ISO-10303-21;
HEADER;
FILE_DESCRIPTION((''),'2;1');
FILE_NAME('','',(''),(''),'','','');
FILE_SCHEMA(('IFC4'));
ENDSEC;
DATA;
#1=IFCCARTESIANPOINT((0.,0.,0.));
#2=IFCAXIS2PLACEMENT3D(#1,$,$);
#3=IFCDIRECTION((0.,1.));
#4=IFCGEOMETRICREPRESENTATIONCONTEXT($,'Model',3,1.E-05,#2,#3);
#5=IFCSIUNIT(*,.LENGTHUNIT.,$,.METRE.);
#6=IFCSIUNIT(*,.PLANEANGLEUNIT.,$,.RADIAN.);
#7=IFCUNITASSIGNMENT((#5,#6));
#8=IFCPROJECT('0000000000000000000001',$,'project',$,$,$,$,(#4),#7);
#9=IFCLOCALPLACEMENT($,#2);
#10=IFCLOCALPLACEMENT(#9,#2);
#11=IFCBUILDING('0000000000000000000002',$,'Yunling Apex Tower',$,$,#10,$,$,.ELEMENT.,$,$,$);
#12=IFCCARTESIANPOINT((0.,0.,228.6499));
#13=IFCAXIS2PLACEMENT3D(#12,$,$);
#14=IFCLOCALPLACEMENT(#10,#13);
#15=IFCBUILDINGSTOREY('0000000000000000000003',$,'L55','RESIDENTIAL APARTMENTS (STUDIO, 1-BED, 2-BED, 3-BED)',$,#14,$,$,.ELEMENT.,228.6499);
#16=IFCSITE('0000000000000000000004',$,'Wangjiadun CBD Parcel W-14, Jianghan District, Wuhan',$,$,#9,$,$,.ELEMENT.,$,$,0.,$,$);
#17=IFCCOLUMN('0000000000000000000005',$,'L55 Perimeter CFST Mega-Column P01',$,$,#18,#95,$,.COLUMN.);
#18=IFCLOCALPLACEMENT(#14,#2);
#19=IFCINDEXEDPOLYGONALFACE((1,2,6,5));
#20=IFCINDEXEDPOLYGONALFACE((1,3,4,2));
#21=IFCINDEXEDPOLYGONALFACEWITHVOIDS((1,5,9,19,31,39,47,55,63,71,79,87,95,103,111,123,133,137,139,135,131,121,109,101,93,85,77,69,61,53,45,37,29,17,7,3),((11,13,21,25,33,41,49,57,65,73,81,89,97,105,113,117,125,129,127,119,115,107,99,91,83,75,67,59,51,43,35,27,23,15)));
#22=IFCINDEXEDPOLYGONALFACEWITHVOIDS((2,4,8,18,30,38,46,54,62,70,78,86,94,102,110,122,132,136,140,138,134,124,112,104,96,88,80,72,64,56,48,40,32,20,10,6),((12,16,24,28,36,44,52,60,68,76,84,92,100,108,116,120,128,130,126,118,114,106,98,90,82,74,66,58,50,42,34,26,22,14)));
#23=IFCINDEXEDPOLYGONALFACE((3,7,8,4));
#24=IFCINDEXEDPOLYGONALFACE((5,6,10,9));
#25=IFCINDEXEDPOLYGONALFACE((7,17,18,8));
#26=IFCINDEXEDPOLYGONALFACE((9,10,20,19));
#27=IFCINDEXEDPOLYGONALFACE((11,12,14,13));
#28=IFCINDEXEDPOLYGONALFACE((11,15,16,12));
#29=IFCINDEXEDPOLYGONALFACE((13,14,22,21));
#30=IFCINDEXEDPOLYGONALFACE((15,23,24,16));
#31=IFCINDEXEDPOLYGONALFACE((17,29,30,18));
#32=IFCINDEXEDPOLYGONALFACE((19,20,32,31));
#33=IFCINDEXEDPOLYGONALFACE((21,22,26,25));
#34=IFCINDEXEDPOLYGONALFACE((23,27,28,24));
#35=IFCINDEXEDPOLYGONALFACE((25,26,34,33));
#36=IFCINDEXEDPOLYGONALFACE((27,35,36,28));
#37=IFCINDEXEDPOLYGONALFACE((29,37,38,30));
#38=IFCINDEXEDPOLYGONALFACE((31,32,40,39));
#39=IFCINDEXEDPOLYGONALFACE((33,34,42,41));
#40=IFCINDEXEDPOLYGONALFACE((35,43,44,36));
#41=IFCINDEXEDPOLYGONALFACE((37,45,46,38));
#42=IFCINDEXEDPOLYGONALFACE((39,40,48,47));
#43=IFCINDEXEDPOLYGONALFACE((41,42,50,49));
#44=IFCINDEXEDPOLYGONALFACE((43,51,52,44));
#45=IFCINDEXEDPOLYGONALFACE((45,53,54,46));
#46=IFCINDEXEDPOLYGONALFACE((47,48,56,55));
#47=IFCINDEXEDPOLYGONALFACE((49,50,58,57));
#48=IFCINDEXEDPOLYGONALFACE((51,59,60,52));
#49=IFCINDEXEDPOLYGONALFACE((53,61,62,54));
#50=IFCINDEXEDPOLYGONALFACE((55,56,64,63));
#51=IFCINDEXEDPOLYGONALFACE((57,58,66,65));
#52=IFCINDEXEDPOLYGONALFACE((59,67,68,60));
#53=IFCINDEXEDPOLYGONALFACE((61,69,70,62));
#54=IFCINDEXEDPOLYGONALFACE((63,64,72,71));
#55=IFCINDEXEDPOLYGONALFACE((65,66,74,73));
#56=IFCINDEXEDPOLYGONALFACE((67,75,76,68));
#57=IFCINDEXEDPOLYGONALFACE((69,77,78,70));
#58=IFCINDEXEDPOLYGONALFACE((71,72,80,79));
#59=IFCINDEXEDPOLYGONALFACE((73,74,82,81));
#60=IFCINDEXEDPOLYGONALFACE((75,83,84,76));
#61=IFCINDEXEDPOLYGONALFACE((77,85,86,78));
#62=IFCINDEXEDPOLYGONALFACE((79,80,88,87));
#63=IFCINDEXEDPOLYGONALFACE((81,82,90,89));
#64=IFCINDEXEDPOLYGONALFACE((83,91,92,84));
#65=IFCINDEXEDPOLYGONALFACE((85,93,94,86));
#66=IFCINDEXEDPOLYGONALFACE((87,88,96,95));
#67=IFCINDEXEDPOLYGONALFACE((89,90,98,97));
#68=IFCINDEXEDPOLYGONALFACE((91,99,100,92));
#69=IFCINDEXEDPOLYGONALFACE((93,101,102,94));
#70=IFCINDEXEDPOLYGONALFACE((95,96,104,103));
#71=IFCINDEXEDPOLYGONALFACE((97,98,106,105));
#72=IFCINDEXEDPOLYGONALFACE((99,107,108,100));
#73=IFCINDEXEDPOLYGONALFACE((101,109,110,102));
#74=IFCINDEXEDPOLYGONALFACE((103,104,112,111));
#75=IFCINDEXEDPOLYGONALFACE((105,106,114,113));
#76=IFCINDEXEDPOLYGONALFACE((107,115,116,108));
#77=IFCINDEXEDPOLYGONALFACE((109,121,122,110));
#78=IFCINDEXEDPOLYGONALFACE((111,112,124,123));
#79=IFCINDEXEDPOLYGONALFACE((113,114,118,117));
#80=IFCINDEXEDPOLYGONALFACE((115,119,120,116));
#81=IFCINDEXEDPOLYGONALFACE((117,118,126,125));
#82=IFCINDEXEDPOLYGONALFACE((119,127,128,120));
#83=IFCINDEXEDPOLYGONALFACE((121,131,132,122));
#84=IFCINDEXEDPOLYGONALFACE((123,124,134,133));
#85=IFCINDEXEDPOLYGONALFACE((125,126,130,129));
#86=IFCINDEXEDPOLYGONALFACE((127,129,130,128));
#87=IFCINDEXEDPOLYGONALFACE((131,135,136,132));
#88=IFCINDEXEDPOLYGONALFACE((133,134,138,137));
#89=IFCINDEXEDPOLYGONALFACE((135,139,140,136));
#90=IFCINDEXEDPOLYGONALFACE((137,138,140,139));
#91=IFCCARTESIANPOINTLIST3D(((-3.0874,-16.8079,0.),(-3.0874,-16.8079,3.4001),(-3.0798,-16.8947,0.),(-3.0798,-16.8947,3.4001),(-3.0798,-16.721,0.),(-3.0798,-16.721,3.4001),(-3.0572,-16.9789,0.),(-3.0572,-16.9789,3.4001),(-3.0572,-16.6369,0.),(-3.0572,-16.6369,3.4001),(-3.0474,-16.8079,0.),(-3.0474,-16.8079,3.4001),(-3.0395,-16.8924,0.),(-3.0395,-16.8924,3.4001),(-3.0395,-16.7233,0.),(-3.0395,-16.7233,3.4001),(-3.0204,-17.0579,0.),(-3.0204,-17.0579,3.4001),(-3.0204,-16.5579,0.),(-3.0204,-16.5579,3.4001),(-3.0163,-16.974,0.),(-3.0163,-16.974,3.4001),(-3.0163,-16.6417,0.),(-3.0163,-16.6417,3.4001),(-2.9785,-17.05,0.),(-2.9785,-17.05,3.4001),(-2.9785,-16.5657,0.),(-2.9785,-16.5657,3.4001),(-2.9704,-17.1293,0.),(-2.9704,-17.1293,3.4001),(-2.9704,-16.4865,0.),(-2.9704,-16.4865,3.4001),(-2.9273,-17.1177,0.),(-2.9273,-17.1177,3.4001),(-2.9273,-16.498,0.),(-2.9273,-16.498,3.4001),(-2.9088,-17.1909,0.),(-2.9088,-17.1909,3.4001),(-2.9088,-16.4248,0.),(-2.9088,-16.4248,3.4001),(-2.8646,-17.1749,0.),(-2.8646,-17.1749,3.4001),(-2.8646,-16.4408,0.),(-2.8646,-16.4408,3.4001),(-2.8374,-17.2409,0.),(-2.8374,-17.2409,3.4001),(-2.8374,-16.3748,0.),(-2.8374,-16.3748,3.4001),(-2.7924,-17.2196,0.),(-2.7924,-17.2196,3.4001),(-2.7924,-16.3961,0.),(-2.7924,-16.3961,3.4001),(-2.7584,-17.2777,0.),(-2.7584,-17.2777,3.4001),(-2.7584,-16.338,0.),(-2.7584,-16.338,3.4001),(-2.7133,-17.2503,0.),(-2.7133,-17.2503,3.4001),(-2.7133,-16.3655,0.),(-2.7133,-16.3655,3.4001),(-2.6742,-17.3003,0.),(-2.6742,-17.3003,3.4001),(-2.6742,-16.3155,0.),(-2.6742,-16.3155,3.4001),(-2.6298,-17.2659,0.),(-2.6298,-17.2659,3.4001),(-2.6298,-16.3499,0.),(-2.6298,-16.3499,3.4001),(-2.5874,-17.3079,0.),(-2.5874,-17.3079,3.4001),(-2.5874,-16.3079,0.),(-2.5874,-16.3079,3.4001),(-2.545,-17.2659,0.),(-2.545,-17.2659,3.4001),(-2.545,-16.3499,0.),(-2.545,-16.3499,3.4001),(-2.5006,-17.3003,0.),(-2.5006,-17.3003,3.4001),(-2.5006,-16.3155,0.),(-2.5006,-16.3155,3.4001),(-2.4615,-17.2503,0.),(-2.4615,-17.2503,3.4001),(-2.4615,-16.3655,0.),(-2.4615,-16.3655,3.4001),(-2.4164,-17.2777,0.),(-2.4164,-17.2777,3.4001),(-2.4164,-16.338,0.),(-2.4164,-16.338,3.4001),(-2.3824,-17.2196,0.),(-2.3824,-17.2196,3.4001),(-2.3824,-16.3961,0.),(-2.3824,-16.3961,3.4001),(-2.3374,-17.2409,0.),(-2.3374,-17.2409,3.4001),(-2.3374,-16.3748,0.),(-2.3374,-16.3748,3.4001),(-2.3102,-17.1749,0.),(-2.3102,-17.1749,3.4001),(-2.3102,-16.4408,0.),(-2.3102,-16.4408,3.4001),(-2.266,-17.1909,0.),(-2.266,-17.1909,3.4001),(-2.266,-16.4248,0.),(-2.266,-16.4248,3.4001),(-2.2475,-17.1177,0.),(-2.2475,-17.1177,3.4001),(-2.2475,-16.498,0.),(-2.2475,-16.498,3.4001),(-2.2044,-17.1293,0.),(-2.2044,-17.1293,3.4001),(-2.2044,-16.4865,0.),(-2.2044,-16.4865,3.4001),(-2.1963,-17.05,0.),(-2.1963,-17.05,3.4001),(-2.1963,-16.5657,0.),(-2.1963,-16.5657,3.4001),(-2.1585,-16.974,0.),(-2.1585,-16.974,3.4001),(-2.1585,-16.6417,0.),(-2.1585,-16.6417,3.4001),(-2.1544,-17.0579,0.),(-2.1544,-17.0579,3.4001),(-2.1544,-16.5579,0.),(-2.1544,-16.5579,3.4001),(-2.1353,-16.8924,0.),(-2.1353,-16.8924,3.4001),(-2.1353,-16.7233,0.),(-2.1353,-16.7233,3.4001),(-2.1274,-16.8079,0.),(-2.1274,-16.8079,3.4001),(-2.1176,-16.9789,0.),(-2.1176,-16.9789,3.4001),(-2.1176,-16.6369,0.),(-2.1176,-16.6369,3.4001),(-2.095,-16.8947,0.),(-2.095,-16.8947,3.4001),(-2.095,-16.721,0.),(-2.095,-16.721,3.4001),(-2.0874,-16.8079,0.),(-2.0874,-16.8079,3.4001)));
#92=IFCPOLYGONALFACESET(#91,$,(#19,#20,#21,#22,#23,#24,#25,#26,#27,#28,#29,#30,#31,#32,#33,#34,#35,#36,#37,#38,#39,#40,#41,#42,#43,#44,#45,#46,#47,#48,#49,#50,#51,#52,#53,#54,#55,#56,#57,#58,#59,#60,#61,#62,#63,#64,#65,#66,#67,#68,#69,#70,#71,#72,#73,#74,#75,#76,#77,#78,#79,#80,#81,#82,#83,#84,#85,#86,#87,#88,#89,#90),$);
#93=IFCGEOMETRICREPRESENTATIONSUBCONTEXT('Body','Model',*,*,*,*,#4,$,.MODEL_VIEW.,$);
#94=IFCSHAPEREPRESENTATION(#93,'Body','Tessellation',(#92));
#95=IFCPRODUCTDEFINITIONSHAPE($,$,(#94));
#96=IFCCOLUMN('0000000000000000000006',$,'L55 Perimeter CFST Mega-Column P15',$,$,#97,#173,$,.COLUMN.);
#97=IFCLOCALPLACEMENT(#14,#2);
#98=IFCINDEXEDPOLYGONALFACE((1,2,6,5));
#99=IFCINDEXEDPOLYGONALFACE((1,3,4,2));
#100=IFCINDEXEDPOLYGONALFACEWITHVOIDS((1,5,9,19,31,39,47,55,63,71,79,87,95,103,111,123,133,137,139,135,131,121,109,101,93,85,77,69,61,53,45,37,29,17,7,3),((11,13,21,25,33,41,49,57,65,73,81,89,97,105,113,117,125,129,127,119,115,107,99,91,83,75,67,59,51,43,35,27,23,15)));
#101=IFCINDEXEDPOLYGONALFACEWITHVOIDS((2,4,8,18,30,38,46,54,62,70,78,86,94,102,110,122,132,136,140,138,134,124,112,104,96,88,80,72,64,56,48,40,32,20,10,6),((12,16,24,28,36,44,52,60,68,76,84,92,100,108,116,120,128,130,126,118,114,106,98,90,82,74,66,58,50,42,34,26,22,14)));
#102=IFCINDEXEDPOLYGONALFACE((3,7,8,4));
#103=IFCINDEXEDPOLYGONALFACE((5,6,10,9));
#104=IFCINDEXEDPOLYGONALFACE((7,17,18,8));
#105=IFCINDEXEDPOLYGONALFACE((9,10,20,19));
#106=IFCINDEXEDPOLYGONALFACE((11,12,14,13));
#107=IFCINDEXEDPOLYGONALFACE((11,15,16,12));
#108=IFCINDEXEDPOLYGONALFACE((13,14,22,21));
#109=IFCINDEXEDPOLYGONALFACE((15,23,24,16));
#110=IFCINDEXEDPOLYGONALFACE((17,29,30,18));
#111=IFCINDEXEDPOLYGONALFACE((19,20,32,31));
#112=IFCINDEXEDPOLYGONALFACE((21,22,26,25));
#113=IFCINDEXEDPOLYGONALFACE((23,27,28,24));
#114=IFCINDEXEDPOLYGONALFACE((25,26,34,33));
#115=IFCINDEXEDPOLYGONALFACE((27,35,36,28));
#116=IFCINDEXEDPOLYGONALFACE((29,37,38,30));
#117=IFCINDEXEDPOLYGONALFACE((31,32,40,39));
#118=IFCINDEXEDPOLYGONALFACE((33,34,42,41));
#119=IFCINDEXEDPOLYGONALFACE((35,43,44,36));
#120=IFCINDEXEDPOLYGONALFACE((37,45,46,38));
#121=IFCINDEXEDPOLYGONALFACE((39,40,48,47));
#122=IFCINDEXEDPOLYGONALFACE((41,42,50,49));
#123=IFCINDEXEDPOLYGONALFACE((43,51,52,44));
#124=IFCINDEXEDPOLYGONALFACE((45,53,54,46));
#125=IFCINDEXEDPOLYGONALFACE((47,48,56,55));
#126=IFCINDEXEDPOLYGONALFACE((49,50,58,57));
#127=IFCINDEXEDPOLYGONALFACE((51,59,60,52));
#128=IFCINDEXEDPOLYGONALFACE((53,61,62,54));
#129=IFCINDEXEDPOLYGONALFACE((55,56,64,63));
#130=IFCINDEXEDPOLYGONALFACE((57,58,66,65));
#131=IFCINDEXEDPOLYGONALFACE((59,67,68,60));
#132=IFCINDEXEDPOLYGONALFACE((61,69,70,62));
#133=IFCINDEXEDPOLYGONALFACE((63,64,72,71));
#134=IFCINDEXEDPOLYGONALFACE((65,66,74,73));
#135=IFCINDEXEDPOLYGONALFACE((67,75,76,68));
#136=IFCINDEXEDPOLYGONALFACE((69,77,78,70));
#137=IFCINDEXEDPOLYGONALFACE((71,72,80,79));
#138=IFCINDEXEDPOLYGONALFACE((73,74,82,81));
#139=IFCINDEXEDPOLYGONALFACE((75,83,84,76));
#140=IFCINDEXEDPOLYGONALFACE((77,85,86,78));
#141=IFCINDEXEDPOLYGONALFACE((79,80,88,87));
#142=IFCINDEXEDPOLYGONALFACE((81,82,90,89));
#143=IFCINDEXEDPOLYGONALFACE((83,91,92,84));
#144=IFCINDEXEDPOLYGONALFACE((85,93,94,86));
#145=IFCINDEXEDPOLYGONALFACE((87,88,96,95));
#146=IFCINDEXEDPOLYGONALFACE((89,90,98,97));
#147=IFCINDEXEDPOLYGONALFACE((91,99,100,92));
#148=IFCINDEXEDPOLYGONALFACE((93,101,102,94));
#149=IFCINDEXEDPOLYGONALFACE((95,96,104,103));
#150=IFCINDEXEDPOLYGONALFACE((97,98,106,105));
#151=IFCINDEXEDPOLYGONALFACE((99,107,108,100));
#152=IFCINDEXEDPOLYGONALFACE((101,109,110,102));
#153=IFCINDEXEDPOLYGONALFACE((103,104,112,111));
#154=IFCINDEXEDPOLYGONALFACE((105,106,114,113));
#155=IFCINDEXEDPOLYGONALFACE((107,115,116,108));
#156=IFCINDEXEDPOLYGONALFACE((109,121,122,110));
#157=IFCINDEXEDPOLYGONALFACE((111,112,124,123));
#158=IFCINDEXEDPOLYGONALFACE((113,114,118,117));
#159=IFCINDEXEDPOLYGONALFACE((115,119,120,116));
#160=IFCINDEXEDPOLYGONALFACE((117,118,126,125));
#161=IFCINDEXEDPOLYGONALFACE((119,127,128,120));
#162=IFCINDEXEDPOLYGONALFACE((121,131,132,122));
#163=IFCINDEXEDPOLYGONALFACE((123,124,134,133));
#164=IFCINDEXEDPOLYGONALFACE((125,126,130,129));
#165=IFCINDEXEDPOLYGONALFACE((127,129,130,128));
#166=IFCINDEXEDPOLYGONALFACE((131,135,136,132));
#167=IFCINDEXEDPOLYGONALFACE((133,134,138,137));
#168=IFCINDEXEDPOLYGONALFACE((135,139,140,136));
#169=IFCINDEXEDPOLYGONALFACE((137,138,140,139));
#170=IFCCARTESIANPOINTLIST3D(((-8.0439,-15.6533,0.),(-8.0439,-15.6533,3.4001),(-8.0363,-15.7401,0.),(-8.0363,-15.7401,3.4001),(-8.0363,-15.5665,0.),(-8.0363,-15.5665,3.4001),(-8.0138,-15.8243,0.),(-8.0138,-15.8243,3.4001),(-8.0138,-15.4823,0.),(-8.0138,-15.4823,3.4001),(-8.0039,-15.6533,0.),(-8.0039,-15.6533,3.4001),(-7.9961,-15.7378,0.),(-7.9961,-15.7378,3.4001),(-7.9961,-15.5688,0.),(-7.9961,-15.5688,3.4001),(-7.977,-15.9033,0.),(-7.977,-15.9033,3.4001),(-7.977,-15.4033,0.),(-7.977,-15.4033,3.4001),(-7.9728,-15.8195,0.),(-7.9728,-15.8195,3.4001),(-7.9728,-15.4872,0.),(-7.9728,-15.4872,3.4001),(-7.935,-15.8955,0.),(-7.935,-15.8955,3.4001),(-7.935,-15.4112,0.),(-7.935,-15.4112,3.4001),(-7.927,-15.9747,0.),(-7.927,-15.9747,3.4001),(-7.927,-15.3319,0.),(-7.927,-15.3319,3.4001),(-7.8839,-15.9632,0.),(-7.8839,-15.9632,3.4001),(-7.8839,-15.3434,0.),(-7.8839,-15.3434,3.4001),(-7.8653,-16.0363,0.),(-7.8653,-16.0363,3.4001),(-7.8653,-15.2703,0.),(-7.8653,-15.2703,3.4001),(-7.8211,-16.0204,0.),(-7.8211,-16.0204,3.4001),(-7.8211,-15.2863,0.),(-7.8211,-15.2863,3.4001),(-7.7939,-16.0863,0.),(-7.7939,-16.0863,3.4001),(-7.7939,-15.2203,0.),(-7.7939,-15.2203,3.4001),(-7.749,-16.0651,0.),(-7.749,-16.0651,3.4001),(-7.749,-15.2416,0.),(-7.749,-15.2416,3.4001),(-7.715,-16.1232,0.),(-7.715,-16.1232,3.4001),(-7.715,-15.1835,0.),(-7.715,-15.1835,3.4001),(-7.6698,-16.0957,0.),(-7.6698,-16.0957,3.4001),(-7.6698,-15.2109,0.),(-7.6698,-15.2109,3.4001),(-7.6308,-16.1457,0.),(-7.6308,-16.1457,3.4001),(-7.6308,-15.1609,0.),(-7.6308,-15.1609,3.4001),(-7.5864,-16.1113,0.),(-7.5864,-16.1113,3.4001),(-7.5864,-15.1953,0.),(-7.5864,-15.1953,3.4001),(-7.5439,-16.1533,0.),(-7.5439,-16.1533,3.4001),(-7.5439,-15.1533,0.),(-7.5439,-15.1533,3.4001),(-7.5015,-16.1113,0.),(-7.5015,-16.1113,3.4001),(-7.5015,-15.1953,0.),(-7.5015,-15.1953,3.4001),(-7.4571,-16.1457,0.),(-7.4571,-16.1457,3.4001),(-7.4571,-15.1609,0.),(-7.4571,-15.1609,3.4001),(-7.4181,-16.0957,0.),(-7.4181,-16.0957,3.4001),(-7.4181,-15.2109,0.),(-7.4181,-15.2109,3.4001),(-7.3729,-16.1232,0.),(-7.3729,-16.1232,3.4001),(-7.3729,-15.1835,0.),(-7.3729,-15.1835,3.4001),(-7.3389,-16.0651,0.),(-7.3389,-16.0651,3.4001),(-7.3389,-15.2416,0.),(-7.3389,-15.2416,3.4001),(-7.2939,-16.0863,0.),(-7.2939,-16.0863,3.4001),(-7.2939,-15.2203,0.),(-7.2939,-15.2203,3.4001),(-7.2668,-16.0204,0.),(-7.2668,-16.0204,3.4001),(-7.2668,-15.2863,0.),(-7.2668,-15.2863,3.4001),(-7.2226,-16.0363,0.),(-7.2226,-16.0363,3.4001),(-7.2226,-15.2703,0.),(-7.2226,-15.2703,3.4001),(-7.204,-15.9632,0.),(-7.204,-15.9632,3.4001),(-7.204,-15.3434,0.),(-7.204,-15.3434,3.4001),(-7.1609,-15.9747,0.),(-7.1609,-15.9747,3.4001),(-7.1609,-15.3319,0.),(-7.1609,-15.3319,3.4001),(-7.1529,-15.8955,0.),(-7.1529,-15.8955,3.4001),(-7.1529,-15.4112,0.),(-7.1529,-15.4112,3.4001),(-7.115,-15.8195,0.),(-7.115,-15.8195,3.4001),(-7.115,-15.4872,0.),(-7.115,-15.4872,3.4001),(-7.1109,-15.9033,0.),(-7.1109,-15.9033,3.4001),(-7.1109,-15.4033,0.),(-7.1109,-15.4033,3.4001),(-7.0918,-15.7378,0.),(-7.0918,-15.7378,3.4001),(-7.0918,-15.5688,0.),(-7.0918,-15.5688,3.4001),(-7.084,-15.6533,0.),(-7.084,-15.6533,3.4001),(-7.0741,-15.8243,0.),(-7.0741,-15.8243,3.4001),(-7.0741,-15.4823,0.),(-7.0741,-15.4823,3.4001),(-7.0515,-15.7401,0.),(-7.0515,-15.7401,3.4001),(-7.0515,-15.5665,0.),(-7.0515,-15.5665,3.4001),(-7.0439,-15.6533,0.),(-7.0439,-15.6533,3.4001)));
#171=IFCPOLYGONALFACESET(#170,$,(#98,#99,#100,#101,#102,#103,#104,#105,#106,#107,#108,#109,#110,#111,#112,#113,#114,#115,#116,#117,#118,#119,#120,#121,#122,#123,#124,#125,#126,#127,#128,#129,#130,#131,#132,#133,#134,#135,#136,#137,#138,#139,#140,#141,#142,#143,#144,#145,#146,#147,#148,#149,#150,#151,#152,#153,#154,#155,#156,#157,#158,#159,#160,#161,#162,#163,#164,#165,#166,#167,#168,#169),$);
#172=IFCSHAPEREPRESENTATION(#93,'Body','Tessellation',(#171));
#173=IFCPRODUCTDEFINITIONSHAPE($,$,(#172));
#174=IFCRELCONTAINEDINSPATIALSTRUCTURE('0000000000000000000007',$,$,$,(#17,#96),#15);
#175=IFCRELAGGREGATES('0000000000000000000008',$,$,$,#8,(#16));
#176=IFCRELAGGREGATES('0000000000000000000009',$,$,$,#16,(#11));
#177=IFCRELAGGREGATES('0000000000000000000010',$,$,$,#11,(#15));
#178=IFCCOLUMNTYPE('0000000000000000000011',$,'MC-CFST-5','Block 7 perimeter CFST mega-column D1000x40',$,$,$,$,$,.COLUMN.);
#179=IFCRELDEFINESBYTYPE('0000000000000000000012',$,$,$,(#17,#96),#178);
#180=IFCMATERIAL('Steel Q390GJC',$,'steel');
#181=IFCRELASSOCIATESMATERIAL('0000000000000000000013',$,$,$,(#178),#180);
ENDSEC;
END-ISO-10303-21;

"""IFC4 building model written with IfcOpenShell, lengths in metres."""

from ifc_helpers import new_model, si_unit, direction, frame, origin, origin_2d, place, context, subcontext, project, spatial, hollow_circle, extrude, source, transform, mapped, material, material_profile, profile_set, type_object, element, save


model = new_model("IFC4")

# Units and contexts
model_context = context("Model", 3, precision=1e-05, world=origin(), true_north=direction((0.0, 1.0)))
body_context = subcontext(model_context, "Body", "Model", "MODEL_VIEW")
ifc_project = project(units=[si_unit("LENGTHUNIT", "METRE"), si_unit("PLANEANGLEUNIT", "RADIAN")], contexts=[model_context])

# Site, building, storey
site_placement = place(None, origin())
site = spatial("IfcSite", under=ifc_project, at=site_placement, Name="Wangjiadun CBD Parcel W-14, Jianghan District, Wuhan", CompositionType="ELEMENT", RefElevation=0.0)
building_placement = place(site_placement, origin())
building = spatial("IfcBuilding", under=site, at=building_placement, Name="Yunling Apex Tower", CompositionType="ELEMENT")
storey_placement = place(building_placement, frame((0.0, 0.0, 228.6499)))
storey = spatial("IfcBuildingStorey", under=building, at=storey_placement, Name="L55", Description="RESIDENTIAL APARTMENTS (STUDIO, 1-BED, 2-BED, 3-BED)", CompositionType="ELEMENT", Elevation=228.6499)

# Columns
ifc_material_1 = material(Name="Steel Q390GJC", Category="steel")
ifc_material_profile_1 = material_profile(ifc_material_1, hollow_circle(Radius=0.5, WallThickness=0.04, at=origin_2d()))
ifc_profile_set_1 = profile_set([ifc_material_profile_1], Name="Steel Q390GJC")
column_type = type_object("IfcColumnType", Name="MC-CFST-5", Description="Block 7 perimeter CFST mega-column D1000x40", PredefinedType="COLUMN", material=ifc_profile_set_1)
shared_shape_1 = source(origin(), body_context, "Body", "SweptSolid", [
    extrude(hollow_circle(Radius=0.5, WallThickness=0.04, at=origin_2d()), origin(), (0.0, 0.0, 1.0), 3.4001),
])
for number, where, z_axis, x_axis, name in (
    (1, (-2.5874, -16.8079, 0.0), (0.0, 0.0, 1.0), (1.0, 0.0, 0.0), "L55 Perimeter CFST Mega-Column P01"),
    (2, (-7.5439, -15.6533, 0.0), (0.0, 0.0, 1.0), (1.0, 0.0, 0.0), "L55 Perimeter CFST Mega-Column P15"),
):
    element("IfcColumn", number, at=place(storey_placement, frame(where, z_axis=z_axis, x_axis=x_axis)), inside=storey, type_object=column_type, Name=name, PredefinedType="COLUMN", context=body_context, shape_type="MappedRepresentation", body=[
        mapped(shared_shape_1, transform((0.0, 0.0, 0.0), scale=1.0)),
    ])

save(model, "model.ifc")
